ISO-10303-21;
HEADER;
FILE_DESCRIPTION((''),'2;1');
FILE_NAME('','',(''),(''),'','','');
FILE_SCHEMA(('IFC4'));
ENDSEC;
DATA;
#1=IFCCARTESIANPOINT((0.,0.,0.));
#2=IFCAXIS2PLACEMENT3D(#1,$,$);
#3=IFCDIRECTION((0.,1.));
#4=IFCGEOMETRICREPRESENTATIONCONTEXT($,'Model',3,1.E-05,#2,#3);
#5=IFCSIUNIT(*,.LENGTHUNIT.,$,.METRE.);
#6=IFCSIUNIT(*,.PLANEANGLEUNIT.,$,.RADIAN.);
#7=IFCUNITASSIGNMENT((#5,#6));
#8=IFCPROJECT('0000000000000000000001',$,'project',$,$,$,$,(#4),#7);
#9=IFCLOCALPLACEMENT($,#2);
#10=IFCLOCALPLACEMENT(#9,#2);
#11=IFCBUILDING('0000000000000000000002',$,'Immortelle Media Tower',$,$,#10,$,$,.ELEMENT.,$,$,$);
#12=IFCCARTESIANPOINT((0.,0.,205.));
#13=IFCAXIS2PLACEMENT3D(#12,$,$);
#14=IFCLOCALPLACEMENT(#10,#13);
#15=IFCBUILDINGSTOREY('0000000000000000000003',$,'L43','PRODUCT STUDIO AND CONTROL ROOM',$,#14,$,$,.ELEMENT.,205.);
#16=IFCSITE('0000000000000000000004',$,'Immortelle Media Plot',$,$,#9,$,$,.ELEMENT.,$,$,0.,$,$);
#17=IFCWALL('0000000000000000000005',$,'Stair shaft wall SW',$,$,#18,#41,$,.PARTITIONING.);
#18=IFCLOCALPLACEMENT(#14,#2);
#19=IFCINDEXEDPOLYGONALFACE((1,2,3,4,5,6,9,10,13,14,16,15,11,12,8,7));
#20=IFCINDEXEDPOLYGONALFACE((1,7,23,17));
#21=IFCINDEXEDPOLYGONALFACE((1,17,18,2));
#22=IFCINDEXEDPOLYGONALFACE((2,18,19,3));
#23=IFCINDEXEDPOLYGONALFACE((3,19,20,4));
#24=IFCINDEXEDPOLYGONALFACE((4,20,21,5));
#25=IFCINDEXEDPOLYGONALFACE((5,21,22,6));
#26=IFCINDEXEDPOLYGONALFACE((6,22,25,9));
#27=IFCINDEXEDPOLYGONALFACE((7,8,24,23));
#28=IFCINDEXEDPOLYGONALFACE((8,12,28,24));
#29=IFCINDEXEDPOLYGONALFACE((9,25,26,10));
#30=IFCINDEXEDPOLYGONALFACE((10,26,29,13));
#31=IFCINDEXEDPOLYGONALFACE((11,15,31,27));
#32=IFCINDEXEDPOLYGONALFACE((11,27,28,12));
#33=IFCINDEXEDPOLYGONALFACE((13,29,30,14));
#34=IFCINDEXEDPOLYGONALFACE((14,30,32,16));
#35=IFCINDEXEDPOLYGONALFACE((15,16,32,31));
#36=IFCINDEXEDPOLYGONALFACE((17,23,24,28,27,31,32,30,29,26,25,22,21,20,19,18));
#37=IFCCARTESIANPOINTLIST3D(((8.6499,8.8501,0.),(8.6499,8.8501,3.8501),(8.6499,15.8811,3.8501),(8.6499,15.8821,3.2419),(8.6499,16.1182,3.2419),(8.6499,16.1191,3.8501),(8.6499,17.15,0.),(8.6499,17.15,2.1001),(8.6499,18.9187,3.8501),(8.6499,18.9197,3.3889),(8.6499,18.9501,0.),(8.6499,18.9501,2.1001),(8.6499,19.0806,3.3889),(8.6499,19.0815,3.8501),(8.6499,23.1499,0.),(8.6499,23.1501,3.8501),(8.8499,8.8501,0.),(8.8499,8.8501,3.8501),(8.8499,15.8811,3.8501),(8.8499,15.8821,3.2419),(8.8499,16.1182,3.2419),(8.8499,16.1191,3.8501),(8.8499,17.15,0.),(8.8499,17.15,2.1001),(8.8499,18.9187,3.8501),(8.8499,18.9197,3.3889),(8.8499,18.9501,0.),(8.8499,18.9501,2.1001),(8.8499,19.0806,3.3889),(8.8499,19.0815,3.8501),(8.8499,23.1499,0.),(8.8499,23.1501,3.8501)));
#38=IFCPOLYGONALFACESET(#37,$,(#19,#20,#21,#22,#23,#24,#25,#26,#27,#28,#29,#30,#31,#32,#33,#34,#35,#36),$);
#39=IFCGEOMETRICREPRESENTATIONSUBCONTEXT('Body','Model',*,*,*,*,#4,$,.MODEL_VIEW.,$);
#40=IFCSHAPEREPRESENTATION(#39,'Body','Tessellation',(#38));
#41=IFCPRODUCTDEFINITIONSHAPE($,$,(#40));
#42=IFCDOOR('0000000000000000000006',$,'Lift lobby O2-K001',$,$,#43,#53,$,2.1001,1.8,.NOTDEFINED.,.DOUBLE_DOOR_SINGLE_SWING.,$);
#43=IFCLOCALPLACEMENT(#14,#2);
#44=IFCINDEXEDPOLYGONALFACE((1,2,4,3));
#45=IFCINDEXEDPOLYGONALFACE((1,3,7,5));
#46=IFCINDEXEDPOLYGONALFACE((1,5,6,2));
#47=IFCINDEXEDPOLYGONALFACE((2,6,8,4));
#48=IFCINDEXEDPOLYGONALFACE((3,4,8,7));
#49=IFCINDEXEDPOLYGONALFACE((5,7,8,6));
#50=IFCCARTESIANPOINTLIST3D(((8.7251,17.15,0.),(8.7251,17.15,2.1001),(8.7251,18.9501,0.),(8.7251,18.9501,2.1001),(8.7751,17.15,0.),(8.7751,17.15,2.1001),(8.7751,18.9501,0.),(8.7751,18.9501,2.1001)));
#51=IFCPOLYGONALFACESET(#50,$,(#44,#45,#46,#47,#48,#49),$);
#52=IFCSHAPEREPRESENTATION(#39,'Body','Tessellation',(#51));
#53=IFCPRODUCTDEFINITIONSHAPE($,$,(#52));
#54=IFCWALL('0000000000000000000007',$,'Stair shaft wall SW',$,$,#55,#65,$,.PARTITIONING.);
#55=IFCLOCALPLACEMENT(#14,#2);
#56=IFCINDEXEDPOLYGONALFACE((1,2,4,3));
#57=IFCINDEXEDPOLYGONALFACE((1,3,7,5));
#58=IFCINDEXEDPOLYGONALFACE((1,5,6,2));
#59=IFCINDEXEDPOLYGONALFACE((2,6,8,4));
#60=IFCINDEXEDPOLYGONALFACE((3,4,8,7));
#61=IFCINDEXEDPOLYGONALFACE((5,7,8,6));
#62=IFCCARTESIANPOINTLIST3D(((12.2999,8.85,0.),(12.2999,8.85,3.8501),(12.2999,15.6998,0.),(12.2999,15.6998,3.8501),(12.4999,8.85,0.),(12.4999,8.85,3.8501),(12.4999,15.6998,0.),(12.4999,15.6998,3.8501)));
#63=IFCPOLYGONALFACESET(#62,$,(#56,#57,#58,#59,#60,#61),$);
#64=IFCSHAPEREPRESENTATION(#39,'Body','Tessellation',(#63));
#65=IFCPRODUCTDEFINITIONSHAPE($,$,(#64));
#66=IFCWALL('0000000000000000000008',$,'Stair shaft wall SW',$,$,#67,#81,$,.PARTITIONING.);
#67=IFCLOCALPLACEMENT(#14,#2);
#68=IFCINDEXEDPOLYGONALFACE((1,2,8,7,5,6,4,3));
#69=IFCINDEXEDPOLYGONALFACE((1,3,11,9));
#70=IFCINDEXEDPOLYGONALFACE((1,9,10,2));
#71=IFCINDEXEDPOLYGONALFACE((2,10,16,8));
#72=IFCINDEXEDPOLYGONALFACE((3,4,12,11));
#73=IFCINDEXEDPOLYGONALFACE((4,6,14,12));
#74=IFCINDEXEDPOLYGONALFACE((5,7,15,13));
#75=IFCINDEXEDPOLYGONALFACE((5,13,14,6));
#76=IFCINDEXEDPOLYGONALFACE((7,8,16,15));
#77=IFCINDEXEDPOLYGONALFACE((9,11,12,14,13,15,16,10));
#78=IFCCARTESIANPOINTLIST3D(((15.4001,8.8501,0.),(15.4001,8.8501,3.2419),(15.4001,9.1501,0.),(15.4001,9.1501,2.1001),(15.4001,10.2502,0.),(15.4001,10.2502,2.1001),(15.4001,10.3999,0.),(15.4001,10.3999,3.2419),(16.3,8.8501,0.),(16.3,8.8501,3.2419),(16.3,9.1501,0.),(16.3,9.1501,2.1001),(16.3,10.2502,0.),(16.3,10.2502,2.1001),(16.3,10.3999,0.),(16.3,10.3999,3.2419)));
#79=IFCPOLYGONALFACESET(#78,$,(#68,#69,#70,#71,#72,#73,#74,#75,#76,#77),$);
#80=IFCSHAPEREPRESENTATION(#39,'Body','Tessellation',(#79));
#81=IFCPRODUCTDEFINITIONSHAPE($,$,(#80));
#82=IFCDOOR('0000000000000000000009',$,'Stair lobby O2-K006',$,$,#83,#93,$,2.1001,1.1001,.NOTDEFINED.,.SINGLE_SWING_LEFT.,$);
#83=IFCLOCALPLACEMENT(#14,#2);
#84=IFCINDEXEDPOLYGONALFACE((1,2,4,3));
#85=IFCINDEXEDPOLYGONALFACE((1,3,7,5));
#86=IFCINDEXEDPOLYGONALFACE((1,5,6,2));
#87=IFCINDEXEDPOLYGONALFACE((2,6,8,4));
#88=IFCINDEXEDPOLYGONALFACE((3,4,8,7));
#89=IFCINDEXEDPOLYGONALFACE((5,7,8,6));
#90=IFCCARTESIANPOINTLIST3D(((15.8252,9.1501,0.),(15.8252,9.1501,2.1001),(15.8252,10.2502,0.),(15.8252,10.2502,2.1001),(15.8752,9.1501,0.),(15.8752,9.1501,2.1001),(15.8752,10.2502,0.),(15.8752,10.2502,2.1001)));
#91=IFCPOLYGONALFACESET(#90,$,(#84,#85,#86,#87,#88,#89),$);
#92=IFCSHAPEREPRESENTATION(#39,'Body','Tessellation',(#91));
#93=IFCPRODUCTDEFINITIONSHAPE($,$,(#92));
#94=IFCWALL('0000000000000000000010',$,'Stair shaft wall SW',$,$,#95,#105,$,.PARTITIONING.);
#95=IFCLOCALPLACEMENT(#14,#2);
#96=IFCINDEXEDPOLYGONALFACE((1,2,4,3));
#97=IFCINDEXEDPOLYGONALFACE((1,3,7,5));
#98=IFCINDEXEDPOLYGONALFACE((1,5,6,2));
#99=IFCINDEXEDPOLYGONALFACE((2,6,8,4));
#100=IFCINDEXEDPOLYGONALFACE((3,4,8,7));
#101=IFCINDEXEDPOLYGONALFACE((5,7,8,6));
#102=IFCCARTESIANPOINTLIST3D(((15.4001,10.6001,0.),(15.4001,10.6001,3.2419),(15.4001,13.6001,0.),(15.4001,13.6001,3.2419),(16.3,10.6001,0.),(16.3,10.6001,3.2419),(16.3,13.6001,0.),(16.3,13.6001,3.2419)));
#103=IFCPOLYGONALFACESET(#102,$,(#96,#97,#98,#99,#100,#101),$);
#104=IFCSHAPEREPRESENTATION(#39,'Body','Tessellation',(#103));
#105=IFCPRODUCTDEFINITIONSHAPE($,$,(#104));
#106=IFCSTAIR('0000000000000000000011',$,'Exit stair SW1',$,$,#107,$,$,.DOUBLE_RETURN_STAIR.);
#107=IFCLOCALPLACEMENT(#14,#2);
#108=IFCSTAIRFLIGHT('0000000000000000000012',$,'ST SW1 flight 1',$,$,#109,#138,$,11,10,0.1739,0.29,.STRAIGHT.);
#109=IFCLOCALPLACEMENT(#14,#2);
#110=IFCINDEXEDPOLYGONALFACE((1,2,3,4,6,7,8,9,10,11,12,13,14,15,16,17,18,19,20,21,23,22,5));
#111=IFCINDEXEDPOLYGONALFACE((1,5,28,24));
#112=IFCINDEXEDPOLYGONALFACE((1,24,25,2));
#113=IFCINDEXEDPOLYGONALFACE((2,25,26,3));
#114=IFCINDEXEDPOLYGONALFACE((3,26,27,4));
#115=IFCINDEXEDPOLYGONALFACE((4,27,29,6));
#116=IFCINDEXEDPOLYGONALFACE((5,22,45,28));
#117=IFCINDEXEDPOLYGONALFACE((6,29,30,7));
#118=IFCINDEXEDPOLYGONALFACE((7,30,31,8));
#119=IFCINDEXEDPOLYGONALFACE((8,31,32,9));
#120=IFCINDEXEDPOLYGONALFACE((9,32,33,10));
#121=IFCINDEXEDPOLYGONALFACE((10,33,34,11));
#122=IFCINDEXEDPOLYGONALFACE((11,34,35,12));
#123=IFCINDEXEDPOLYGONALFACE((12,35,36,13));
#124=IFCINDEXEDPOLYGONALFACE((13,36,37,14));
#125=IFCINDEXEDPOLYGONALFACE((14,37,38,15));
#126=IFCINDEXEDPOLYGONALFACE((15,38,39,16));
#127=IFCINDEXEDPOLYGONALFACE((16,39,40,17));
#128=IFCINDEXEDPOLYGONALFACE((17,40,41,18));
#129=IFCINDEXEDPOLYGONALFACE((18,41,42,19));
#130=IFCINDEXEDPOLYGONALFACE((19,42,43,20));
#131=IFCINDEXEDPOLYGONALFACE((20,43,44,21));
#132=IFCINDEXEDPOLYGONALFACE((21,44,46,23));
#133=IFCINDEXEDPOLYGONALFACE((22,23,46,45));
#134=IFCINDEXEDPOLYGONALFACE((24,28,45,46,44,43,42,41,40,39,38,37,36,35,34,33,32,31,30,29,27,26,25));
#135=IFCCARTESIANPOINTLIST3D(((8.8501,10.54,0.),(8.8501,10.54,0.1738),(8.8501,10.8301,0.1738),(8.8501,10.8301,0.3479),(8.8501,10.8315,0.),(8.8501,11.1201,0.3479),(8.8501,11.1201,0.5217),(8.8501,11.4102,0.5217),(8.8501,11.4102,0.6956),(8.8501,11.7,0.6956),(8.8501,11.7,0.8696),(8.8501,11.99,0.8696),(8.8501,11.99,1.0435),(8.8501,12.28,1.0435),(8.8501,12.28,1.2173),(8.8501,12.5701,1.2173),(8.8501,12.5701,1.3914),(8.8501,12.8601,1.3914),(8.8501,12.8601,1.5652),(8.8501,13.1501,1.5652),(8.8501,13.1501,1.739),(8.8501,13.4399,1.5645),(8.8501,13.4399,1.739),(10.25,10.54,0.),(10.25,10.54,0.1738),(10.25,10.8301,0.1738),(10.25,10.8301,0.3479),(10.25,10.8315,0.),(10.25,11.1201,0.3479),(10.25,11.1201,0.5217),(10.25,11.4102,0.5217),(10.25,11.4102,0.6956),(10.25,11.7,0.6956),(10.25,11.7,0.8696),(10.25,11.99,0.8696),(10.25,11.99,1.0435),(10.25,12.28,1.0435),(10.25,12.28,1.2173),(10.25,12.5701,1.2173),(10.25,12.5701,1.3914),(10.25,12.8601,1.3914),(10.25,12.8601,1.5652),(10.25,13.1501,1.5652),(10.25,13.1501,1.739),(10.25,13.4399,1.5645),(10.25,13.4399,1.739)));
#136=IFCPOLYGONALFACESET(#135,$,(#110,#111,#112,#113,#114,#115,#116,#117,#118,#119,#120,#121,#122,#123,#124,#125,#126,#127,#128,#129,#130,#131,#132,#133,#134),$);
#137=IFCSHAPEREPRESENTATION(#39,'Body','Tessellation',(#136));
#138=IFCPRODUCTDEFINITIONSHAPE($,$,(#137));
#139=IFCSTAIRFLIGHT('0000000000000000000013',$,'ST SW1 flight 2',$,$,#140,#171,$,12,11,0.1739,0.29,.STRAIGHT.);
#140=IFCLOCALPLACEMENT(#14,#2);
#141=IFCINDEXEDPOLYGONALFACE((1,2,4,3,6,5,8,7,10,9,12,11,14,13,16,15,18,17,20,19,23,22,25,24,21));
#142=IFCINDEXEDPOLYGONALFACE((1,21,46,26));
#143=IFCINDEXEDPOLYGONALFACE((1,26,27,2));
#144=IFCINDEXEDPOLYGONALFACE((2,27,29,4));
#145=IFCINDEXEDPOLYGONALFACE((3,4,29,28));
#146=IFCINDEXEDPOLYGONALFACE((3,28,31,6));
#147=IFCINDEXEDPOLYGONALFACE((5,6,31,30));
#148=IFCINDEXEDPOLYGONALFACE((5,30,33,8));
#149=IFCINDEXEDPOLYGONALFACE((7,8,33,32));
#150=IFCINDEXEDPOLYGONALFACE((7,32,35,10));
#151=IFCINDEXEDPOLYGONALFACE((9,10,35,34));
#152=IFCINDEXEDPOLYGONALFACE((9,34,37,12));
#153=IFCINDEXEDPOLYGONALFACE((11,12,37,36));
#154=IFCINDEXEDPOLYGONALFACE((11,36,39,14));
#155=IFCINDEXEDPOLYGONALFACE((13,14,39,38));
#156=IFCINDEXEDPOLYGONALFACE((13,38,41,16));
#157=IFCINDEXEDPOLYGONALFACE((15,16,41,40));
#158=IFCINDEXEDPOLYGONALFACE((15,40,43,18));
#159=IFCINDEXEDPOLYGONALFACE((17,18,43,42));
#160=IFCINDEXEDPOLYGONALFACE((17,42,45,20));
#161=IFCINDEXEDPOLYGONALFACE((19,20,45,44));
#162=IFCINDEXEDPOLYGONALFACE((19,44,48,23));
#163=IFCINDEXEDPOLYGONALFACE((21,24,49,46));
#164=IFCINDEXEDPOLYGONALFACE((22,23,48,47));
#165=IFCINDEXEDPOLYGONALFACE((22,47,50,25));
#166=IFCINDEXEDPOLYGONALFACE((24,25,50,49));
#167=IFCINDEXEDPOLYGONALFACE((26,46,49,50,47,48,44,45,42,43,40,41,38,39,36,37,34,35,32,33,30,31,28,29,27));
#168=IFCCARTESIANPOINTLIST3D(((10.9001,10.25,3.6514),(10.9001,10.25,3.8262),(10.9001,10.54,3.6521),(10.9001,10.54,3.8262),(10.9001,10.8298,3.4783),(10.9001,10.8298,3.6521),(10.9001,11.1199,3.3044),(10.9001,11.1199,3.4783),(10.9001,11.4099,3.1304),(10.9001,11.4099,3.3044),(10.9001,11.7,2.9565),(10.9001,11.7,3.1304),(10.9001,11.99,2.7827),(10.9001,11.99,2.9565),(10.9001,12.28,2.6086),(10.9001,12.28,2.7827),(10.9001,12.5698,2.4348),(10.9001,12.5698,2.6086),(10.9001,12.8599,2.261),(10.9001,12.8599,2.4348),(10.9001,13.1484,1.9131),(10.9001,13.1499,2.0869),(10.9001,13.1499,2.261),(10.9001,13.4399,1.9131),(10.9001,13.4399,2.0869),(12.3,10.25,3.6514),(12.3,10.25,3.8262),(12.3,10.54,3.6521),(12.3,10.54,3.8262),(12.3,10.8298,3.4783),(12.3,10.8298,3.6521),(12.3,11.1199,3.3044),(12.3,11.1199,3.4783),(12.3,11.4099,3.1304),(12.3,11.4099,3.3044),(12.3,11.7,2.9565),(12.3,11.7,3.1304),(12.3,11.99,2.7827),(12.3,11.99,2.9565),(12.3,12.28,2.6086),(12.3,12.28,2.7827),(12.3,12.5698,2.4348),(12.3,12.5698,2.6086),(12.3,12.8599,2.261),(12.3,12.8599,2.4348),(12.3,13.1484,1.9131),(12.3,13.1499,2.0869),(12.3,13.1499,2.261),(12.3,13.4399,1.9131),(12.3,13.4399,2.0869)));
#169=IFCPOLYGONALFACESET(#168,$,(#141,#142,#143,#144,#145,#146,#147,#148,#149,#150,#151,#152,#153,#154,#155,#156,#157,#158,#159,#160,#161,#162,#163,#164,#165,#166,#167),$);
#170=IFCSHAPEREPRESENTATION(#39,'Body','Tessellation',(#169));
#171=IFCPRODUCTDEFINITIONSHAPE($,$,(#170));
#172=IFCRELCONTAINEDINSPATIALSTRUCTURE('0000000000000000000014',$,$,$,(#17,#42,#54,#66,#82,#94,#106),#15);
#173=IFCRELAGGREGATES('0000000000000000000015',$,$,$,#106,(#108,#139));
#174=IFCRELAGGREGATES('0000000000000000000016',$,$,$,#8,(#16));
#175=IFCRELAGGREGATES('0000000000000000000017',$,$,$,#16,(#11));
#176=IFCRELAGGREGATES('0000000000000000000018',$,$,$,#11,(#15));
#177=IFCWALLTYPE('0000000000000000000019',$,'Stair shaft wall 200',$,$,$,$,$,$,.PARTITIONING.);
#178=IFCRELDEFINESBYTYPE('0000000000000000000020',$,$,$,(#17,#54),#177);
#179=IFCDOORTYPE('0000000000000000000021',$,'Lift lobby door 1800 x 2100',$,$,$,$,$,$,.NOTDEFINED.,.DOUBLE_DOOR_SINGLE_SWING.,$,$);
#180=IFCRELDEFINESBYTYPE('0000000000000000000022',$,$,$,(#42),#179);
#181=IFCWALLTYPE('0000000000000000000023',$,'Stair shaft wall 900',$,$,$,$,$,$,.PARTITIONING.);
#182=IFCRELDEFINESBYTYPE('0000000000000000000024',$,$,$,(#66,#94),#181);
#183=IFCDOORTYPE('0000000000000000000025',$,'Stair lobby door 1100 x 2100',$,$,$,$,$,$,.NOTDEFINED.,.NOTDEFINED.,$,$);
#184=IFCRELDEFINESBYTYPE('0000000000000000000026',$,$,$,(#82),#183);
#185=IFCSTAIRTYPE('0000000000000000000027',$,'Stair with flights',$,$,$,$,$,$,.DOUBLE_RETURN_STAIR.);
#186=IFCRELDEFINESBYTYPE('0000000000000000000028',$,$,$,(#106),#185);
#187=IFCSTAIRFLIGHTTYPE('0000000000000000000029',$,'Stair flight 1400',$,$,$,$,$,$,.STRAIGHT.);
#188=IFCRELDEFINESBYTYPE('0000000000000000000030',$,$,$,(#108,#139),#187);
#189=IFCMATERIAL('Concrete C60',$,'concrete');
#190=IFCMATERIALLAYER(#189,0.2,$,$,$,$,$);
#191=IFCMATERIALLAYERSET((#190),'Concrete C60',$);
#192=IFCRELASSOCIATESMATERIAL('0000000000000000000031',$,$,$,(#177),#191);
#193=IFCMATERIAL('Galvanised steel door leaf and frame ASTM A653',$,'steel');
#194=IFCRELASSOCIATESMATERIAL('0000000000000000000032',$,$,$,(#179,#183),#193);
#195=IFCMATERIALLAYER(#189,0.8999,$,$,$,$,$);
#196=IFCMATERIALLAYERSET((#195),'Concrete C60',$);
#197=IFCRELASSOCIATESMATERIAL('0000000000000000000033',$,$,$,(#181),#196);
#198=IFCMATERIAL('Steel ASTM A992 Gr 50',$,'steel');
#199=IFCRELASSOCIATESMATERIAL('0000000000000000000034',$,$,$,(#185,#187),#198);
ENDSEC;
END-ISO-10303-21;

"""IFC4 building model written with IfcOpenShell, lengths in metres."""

from ifc_helpers import new_model, si_unit, direction, frame, frame_2d, origin, place, context, subcontext, project, spatial, polyline, rectangle, outline, extrude, material, layer, layer_set, type_object, element, fill, aggregate, save


model = new_model("IFC4")

# Units and contexts
model_context = context("Model", 3, precision=1e-05, world=origin(), true_north=direction((0.0, 1.0)))
body_context = subcontext(model_context, "Body", "Model", "MODEL_VIEW")
ifc_project = project(units=[si_unit("LENGTHUNIT", "METRE"), si_unit("PLANEANGLEUNIT", "RADIAN")], contexts=[model_context])

# Site, building, storey
site_placement = place(None, origin())
site = spatial("IfcSite", under=ifc_project, at=site_placement, Name="Immortelle Media Plot", CompositionType="ELEMENT", RefElevation=0.0)
building_placement = place(site_placement, origin())
building = spatial("IfcBuilding", under=site, at=building_placement, Name="Immortelle Media Tower", CompositionType="ELEMENT")
storey_placement = place(building_placement, frame((0.0, 0.0, 205.0)))
storey = spatial("IfcBuildingStorey", under=building, at=storey_placement, Name="L43", Description="PRODUCT STUDIO AND CONTROL ROOM", CompositionType="ELEMENT", Elevation=205.0)

# Shared definitions
ifc_material_1 = material(Name="Concrete C60", Category="concrete")

# Wall, opening, door
ifc_layer_1 = layer(ifc_material_1, 0.2)
ifc_layer_set_1 = layer_set([ifc_layer_1], Name="Concrete C60")
wall_type_1 = type_object("IfcWallType", Name="Stair shaft wall 200", PredefinedType="PARTITIONING", material=ifc_layer_set_1)
wall_1_placement = place(storey_placement, frame((8.75, 8.8501, 0.0), z_axis=(0.0, 0.0, 1.0), x_axis=(0.0, 1.0, 0.0)))
wall_1 = element("IfcWall", 1, at=wall_1_placement, inside=storey, type_object=wall_type_1, Name="Stair shaft wall SW", PredefinedType="PARTITIONING", context=body_context, shape_type="SweptSolid", body=[
    extrude(outline(polyline([(0.0, 0.0), (14.2998, 0.0), (14.3, 3.8501), (10.2314, 3.8501), (10.2305, 3.3889), (10.0696, 3.3889), (10.0686, 3.8501), (7.269, 3.8501), (7.2681, 3.2419), (7.032, 3.2419), (7.031, 3.8501), (0.0, 3.8501), (0.0, 0.0)])), frame((0.0, 0.1001, 0.0), z_axis=(0.0, -1.0, 0.0), x_axis=(1.0, 0.0, 0.0)), (0.0, 0.0, 1.0), 0.2),
])
opening_1_placement = place(wall_1_placement, frame((8.3, 0.0, 0.0)))
opening_1 = element("IfcOpeningElement", 2, at=opening_1_placement, cuts=wall_1, PredefinedType="OPENING", context=body_context, shape_type="SweptSolid", body=[
    extrude(rectangle(XDim=1.8, YDim=2.1001, at=frame_2d((0.8999, 1.05))), frame((0.0, 0.1099, 0.0), z_axis=(0.0, -1.0, 0.0), x_axis=(1.0, 0.0, 0.0)), (0.0, 0.0, 1.0), 0.22),
])
ifc_material_2 = material(Name="Galvanised steel door leaf and frame ASTM A653", Category="steel")
door_type_1 = type_object("IfcDoorType", Name="Lift lobby door 1800 x 2100", OperationType="DOUBLE_DOOR_SINGLE_SWING", PredefinedType="NOTDEFINED", material=ifc_material_2)
door_1_placement = place(opening_1_placement, origin())
door_1 = element("IfcDoor", 3, at=door_1_placement, inside=storey, type_object=door_type_1, Name="Lift lobby O2-K001", OperationType="DOUBLE_DOOR_SINGLE_SWING", OverallHeight=2.1001, OverallWidth=1.8, PredefinedType="NOTDEFINED", context=body_context, shape_type="SweptSolid", body=[
    extrude(rectangle(XDim=1.8, YDim=2.1001, at=frame_2d((0.8999, 1.05))), frame((0.0, 0.0249, 0.0), z_axis=(0.0, -1.0, 0.0), x_axis=(1.0, 0.0, 0.0)), (0.0, 0.0, 1.0), 0.05),
])
fill(opening_1, door_1)

# Wall
wall_2_placement = place(storey_placement, frame((12.3999, 8.8501, 0.0), z_axis=(0.0, 0.0, 1.0), x_axis=(0.0, 1.0, 0.0)))
element("IfcWall", 4, at=wall_2_placement, inside=storey, type_object=wall_type_1, Name="Stair shaft wall SW", PredefinedType="PARTITIONING", context=body_context, shape_type="SweptSolid", body=[
    extrude(rectangle(XDim=6.8499, YDim=0.2, at=frame_2d((3.4248, 0.0))), origin(), (0.0, 0.0, 1.0), 3.8501),
])

# Wall, opening, door
ifc_layer_2 = layer(ifc_material_1, 0.8999)
ifc_layer_set_2 = layer_set([ifc_layer_2], Name="Concrete C60")
wall_type_2 = type_object("IfcWallType", Name="Stair shaft wall 900", PredefinedType="PARTITIONING", material=ifc_layer_set_2)
wall_3_placement = place(storey_placement, frame((15.8501, 8.8501, 0.0), z_axis=(0.0, 0.0, 1.0), x_axis=(0.0, 1.0, 0.0)))
wall_3 = element("IfcWall", 5, at=wall_3_placement, inside=storey, type_object=wall_type_2, Name="Stair shaft wall SW", PredefinedType="PARTITIONING", context=body_context, shape_type="SweptSolid", body=[
    extrude(rectangle(XDim=1.5498, YDim=0.8999, at=frame_2d((0.7749, 0.0))), origin(), (0.0, 0.0, 1.0), 3.2419),
])
opening_2_placement = place(wall_3_placement, frame((0.3, 0.0, 0.0)))
opening_2 = element("IfcOpeningElement", 6, at=opening_2_placement, cuts=wall_3, PredefinedType="OPENING", context=body_context, shape_type="SweptSolid", body=[
    extrude(rectangle(XDim=1.1001, YDim=2.1001, at=frame_2d((0.55, 1.05))), frame((0.0, 0.46, 0.0), z_axis=(0.0, -1.0, 0.0), x_axis=(1.0, 0.0, 0.0)), (0.0, 0.0, 1.0), 0.9199),
])
door_type_2 = type_object("IfcDoorType", Name="Stair lobby door 1100 x 2100", OperationType="NOTDEFINED", PredefinedType="NOTDEFINED", material=ifc_material_2)
door_2_placement = place(opening_2_placement, origin())
door_2 = element("IfcDoor", 7, at=door_2_placement, inside=storey, type_object=door_type_2, Name="Stair lobby O2-K006", OperationType="SINGLE_SWING_LEFT", OverallHeight=2.1001, OverallWidth=1.1001, PredefinedType="NOTDEFINED", context=body_context, shape_type="SweptSolid", body=[
    extrude(rectangle(XDim=1.1001, YDim=2.1001, at=frame_2d((0.55, 1.05))), frame((0.0, 0.0249, 0.0), z_axis=(0.0, -1.0, 0.0), x_axis=(1.0, 0.0, 0.0)), (0.0, 0.0, 1.0), 0.05),
])
fill(opening_2, door_2)

# Wall
wall_4_placement = place(storey_placement, frame((15.8501, 10.6001, 0.0), z_axis=(0.0, 0.0, 1.0), x_axis=(0.0, 1.0, 0.0)))
element("IfcWall", 8, at=wall_4_placement, inside=storey, type_object=wall_type_2, Name="Stair shaft wall SW", PredefinedType="PARTITIONING", context=body_context, shape_type="SweptSolid", body=[
    extrude(rectangle(XDim=3.0, YDim=0.8999, at=frame_2d((1.5, 0.0))), origin(), (0.0, 0.0, 1.0), 3.2419),
])

# Stair, stair flights
ifc_material_3 = material(Name="Steel ASTM A992 Gr 50", Category="steel")
stair_type = type_object("IfcStairType", Name="Stair with flights", PredefinedType="DOUBLE_RETURN_STAIR", material=ifc_material_3)
stair_1_placement = place(storey_placement, origin())
stair_1 = element("IfcStair", 9, at=stair_1_placement, inside=storey, type_object=stair_type, Name="Exit stair SW1", PredefinedType="DOUBLE_RETURN_STAIR")
stair_flight_type = type_object("IfcStairFlightType", Name="Stair flight 1400", PredefinedType="STRAIGHT", material=ifc_material_3)
stair_flight_1_placement = place(storey_placement, frame((9.55, 10.54, 0.0), z_axis=(0.0, 0.0, 1.0), x_axis=(0.0, 1.0, 0.0)))
stair_flight_1 = element("IfcStairFlight", 10, at=stair_flight_1_placement, type_object=stair_flight_type, Name="ST SW1 flight 1", NumberOfRisers=11, NumberOfTreads=10, PredefinedType="STRAIGHT", RiserHeight=0.1739, TreadLength=0.29, context=body_context, shape_type="SweptSolid", body=[
    extrude(outline(polyline([(0.0, 0.0), (0.0, 0.1738), (0.29, 0.1738), (0.29, 0.3479), (0.5801, 0.3479), (0.5801, 0.5217), (0.8701, 0.5217), (0.8701, 0.6956), (1.1599, 0.6956), (1.1599, 0.8696), (1.45, 0.8696), (1.45, 1.0435), (1.74, 1.0435), (1.74, 1.2173), (2.03, 1.2173), (2.03, 1.3914), (2.3201, 1.3914), (2.3201, 1.5652), (2.6101, 1.5652), (2.6101, 1.739), (2.8999, 1.739), (2.8999, 1.9131), (2.8999, 1.5645), (0.2915, 0.0), (0.0, 0.0)])), frame((0.0, 0.7, 0.0), z_axis=(0.0, -1.0, 0.0), x_axis=(1.0, 0.0, 0.0)), (0.0, 0.0, 1.0), 1.3999),
])
stair_flight_2_placement = place(storey_placement, frame((11.6001, 13.4399, 1.9131), z_axis=(0.0, 0.0, 1.0), x_axis=(0.0, -1.0, 0.0)))
stair_flight_2 = element("IfcStairFlight", 11, at=stair_flight_2_placement, type_object=stair_flight_type, Name="ST SW1 flight 2", NumberOfRisers=12, NumberOfTreads=11, PredefinedType="STRAIGHT", RiserHeight=0.1739, TreadLength=0.29, context=body_context, shape_type="SweptSolid", body=[
    extrude(outline(polyline([(0.0, 0.0), (0.0, 0.1738), (0.29, 0.1738), (0.29, 0.3479), (0.5801, 0.3479), (0.5801, 0.5217), (0.8701, 0.5217), (0.8701, 0.6956), (1.1599, 0.6956), (1.1599, 0.8696), (1.45, 0.8696), (1.45, 1.0435), (1.74, 1.0435), (1.74, 1.2173), (2.03, 1.2173), (2.03, 1.3914), (2.3201, 1.3914), (2.3201, 1.5652), (2.6101, 1.5652), (2.6101, 1.739), (2.8999, 1.739), (2.8999, 1.9131), (3.1899, 1.9131), (3.1899, 2.0869), (3.1899, 1.7383), (0.2915, 0.0), (0.0, 0.0)])), frame((0.0, 0.7, 0.0), z_axis=(0.0, -1.0, 0.0), x_axis=(1.0, 0.0, 0.0)), (0.0, 0.0, 1.0), 1.3999),
])
aggregate(stair_1, [stair_flight_1, stair_flight_2])

save(model, "model.ifc")
